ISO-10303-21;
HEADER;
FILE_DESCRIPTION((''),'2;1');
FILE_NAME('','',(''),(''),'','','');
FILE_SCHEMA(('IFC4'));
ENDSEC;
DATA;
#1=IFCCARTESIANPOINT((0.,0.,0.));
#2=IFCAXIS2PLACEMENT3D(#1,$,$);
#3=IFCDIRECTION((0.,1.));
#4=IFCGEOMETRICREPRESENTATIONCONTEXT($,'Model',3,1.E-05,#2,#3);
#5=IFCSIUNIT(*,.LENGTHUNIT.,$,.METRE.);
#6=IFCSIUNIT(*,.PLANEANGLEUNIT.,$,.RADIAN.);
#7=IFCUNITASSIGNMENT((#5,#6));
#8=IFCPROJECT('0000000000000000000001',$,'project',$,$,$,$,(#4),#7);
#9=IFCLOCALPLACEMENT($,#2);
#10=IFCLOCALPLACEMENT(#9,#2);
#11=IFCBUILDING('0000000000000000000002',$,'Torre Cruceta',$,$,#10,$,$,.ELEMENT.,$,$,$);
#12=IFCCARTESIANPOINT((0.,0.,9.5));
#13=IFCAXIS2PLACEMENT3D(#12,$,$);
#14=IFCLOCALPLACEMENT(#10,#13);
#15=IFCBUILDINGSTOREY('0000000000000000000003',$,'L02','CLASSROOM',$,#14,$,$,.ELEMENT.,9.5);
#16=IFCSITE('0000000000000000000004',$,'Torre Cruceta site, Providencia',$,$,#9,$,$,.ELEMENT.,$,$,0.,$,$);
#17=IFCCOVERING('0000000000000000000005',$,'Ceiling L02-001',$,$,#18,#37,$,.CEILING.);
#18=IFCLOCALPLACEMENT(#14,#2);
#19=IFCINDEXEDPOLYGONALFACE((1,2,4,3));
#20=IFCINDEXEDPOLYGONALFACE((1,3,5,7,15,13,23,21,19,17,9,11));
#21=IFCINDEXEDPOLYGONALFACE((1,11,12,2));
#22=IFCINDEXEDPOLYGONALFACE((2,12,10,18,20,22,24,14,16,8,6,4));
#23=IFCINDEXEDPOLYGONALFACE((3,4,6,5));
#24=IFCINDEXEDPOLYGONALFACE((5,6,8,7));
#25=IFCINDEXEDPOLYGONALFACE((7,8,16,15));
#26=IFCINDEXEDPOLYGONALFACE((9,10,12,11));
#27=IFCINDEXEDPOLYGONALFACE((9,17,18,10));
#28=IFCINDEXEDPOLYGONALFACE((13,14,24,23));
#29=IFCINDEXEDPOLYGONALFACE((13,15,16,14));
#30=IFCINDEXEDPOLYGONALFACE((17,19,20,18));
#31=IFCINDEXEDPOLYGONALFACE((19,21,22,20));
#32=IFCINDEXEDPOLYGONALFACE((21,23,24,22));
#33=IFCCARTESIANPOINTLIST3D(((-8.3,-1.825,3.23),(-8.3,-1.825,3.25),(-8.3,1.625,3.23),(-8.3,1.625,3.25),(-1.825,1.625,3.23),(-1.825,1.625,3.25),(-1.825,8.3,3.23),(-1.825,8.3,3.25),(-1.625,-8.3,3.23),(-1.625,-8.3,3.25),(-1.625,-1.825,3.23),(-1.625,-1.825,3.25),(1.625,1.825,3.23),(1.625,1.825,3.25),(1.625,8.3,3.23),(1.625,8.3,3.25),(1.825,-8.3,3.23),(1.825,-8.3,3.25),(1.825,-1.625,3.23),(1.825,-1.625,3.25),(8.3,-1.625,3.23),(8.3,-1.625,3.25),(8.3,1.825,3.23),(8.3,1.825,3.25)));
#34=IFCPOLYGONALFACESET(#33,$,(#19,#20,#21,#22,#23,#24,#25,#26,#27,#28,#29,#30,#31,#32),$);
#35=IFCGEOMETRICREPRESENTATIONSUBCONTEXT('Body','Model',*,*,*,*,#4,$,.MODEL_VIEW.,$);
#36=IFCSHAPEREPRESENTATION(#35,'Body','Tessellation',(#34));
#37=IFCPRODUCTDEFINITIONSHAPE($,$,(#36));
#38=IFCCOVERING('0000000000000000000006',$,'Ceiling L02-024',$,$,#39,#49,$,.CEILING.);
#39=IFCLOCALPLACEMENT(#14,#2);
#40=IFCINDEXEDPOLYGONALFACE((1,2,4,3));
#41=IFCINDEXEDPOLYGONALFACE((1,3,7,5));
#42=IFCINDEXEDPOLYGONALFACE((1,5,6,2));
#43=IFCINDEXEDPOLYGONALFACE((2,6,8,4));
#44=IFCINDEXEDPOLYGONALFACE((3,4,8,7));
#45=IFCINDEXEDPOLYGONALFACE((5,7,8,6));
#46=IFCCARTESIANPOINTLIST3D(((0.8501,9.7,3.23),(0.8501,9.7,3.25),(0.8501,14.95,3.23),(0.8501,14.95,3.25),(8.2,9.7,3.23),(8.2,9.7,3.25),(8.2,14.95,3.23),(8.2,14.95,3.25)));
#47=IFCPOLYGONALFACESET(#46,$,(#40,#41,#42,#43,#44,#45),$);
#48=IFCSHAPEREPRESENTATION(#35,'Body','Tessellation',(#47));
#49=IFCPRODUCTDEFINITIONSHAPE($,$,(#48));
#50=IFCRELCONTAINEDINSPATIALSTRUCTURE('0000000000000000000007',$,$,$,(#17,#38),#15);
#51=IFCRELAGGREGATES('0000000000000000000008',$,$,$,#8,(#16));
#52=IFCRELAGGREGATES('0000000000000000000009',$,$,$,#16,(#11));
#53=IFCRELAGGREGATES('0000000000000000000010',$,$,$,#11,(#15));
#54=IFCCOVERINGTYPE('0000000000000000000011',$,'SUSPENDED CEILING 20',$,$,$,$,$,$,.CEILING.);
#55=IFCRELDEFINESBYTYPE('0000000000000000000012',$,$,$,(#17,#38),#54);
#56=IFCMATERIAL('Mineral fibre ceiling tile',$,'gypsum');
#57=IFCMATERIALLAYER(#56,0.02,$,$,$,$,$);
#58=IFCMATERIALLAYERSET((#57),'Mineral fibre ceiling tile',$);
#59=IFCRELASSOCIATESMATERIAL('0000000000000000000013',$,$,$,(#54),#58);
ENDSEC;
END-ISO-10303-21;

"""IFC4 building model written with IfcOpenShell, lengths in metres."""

from ifc_helpers import new_model, si_unit, direction, frame, origin, place, context, subcontext, project, spatial, polyline, outline, extrude, material, layer, layer_set, type_object, element, save


model = new_model("IFC4")

# Units and contexts
model_context = context("Model", 3, precision=1e-05, world=origin(), true_north=direction((0.0, 1.0)))
body_context = subcontext(model_context, "Body", "Model", "MODEL_VIEW")
ifc_project = project(units=[si_unit("LENGTHUNIT", "METRE"), si_unit("PLANEANGLEUNIT", "RADIAN")], contexts=[model_context])

# Site, building, storey
site_placement = place(None, origin())
site = spatial("IfcSite", under=ifc_project, at=site_placement, Name="Torre Cruceta site, Providencia", CompositionType="ELEMENT", RefElevation=0.0)
building_placement = place(site_placement, origin())
building = spatial("IfcBuilding", under=site, at=building_placement, Name="Torre Cruceta", CompositionType="ELEMENT")
storey_placement = place(building_placement, frame((0.0, 0.0, 9.5)))
storey = spatial("IfcBuildingStorey", under=building, at=storey_placement, Name="L02", Description="CLASSROOM", CompositionType="ELEMENT", Elevation=9.5)

# Coverings
ifc_material_1 = material(Name="Mineral fibre ceiling tile", Category="gypsum")
ifc_layer_1 = layer(ifc_material_1, 0.02)
ifc_layer_set_1 = layer_set([ifc_layer_1], Name="Mineral fibre ceiling tile")
covering_type = type_object("IfcCoveringType", Name="SUSPENDED CEILING 20", PredefinedType="CEILING", material=ifc_layer_set_1)
covering_1_placement = place(storey_placement, frame((0.0, 0.0, 3.23)))
element("IfcCovering", 1, at=covering_1_placement, inside=storey, type_object=covering_type, Name="Ceiling L02-001", PredefinedType="CEILING", context=body_context, shape_type="SweptSolid", body=[
    extrude(outline(polyline([(-1.625, -8.3), (-1.625, -1.825), (-8.3, -1.825), (-8.3, 1.625), (-1.825, 1.625), (-1.825, 8.3), (1.625, 8.3), (1.625, 1.825), (8.3, 1.825), (8.3, -1.625), (1.825, -1.625), (1.825, -8.3), (-1.625, -8.3)])), origin(), (0.0, 0.0, 1.0), 0.02),
])
covering_2_placement = place(storey_placement, frame((0.0, 0.0, 3.23)))
element("IfcCovering", 2, at=covering_2_placement, inside=storey, type_object=covering_type, Name="Ceiling L02-024", PredefinedType="CEILING", context=body_context, shape_type="SweptSolid", body=[
    extrude(outline(polyline([(8.2, 9.7), (0.8501, 9.7), (0.8501, 14.95), (8.2, 14.95), (8.2, 9.7)])), origin(), (0.0, 0.0, 1.0), 0.02),
])

save(model, "model.ifc")
